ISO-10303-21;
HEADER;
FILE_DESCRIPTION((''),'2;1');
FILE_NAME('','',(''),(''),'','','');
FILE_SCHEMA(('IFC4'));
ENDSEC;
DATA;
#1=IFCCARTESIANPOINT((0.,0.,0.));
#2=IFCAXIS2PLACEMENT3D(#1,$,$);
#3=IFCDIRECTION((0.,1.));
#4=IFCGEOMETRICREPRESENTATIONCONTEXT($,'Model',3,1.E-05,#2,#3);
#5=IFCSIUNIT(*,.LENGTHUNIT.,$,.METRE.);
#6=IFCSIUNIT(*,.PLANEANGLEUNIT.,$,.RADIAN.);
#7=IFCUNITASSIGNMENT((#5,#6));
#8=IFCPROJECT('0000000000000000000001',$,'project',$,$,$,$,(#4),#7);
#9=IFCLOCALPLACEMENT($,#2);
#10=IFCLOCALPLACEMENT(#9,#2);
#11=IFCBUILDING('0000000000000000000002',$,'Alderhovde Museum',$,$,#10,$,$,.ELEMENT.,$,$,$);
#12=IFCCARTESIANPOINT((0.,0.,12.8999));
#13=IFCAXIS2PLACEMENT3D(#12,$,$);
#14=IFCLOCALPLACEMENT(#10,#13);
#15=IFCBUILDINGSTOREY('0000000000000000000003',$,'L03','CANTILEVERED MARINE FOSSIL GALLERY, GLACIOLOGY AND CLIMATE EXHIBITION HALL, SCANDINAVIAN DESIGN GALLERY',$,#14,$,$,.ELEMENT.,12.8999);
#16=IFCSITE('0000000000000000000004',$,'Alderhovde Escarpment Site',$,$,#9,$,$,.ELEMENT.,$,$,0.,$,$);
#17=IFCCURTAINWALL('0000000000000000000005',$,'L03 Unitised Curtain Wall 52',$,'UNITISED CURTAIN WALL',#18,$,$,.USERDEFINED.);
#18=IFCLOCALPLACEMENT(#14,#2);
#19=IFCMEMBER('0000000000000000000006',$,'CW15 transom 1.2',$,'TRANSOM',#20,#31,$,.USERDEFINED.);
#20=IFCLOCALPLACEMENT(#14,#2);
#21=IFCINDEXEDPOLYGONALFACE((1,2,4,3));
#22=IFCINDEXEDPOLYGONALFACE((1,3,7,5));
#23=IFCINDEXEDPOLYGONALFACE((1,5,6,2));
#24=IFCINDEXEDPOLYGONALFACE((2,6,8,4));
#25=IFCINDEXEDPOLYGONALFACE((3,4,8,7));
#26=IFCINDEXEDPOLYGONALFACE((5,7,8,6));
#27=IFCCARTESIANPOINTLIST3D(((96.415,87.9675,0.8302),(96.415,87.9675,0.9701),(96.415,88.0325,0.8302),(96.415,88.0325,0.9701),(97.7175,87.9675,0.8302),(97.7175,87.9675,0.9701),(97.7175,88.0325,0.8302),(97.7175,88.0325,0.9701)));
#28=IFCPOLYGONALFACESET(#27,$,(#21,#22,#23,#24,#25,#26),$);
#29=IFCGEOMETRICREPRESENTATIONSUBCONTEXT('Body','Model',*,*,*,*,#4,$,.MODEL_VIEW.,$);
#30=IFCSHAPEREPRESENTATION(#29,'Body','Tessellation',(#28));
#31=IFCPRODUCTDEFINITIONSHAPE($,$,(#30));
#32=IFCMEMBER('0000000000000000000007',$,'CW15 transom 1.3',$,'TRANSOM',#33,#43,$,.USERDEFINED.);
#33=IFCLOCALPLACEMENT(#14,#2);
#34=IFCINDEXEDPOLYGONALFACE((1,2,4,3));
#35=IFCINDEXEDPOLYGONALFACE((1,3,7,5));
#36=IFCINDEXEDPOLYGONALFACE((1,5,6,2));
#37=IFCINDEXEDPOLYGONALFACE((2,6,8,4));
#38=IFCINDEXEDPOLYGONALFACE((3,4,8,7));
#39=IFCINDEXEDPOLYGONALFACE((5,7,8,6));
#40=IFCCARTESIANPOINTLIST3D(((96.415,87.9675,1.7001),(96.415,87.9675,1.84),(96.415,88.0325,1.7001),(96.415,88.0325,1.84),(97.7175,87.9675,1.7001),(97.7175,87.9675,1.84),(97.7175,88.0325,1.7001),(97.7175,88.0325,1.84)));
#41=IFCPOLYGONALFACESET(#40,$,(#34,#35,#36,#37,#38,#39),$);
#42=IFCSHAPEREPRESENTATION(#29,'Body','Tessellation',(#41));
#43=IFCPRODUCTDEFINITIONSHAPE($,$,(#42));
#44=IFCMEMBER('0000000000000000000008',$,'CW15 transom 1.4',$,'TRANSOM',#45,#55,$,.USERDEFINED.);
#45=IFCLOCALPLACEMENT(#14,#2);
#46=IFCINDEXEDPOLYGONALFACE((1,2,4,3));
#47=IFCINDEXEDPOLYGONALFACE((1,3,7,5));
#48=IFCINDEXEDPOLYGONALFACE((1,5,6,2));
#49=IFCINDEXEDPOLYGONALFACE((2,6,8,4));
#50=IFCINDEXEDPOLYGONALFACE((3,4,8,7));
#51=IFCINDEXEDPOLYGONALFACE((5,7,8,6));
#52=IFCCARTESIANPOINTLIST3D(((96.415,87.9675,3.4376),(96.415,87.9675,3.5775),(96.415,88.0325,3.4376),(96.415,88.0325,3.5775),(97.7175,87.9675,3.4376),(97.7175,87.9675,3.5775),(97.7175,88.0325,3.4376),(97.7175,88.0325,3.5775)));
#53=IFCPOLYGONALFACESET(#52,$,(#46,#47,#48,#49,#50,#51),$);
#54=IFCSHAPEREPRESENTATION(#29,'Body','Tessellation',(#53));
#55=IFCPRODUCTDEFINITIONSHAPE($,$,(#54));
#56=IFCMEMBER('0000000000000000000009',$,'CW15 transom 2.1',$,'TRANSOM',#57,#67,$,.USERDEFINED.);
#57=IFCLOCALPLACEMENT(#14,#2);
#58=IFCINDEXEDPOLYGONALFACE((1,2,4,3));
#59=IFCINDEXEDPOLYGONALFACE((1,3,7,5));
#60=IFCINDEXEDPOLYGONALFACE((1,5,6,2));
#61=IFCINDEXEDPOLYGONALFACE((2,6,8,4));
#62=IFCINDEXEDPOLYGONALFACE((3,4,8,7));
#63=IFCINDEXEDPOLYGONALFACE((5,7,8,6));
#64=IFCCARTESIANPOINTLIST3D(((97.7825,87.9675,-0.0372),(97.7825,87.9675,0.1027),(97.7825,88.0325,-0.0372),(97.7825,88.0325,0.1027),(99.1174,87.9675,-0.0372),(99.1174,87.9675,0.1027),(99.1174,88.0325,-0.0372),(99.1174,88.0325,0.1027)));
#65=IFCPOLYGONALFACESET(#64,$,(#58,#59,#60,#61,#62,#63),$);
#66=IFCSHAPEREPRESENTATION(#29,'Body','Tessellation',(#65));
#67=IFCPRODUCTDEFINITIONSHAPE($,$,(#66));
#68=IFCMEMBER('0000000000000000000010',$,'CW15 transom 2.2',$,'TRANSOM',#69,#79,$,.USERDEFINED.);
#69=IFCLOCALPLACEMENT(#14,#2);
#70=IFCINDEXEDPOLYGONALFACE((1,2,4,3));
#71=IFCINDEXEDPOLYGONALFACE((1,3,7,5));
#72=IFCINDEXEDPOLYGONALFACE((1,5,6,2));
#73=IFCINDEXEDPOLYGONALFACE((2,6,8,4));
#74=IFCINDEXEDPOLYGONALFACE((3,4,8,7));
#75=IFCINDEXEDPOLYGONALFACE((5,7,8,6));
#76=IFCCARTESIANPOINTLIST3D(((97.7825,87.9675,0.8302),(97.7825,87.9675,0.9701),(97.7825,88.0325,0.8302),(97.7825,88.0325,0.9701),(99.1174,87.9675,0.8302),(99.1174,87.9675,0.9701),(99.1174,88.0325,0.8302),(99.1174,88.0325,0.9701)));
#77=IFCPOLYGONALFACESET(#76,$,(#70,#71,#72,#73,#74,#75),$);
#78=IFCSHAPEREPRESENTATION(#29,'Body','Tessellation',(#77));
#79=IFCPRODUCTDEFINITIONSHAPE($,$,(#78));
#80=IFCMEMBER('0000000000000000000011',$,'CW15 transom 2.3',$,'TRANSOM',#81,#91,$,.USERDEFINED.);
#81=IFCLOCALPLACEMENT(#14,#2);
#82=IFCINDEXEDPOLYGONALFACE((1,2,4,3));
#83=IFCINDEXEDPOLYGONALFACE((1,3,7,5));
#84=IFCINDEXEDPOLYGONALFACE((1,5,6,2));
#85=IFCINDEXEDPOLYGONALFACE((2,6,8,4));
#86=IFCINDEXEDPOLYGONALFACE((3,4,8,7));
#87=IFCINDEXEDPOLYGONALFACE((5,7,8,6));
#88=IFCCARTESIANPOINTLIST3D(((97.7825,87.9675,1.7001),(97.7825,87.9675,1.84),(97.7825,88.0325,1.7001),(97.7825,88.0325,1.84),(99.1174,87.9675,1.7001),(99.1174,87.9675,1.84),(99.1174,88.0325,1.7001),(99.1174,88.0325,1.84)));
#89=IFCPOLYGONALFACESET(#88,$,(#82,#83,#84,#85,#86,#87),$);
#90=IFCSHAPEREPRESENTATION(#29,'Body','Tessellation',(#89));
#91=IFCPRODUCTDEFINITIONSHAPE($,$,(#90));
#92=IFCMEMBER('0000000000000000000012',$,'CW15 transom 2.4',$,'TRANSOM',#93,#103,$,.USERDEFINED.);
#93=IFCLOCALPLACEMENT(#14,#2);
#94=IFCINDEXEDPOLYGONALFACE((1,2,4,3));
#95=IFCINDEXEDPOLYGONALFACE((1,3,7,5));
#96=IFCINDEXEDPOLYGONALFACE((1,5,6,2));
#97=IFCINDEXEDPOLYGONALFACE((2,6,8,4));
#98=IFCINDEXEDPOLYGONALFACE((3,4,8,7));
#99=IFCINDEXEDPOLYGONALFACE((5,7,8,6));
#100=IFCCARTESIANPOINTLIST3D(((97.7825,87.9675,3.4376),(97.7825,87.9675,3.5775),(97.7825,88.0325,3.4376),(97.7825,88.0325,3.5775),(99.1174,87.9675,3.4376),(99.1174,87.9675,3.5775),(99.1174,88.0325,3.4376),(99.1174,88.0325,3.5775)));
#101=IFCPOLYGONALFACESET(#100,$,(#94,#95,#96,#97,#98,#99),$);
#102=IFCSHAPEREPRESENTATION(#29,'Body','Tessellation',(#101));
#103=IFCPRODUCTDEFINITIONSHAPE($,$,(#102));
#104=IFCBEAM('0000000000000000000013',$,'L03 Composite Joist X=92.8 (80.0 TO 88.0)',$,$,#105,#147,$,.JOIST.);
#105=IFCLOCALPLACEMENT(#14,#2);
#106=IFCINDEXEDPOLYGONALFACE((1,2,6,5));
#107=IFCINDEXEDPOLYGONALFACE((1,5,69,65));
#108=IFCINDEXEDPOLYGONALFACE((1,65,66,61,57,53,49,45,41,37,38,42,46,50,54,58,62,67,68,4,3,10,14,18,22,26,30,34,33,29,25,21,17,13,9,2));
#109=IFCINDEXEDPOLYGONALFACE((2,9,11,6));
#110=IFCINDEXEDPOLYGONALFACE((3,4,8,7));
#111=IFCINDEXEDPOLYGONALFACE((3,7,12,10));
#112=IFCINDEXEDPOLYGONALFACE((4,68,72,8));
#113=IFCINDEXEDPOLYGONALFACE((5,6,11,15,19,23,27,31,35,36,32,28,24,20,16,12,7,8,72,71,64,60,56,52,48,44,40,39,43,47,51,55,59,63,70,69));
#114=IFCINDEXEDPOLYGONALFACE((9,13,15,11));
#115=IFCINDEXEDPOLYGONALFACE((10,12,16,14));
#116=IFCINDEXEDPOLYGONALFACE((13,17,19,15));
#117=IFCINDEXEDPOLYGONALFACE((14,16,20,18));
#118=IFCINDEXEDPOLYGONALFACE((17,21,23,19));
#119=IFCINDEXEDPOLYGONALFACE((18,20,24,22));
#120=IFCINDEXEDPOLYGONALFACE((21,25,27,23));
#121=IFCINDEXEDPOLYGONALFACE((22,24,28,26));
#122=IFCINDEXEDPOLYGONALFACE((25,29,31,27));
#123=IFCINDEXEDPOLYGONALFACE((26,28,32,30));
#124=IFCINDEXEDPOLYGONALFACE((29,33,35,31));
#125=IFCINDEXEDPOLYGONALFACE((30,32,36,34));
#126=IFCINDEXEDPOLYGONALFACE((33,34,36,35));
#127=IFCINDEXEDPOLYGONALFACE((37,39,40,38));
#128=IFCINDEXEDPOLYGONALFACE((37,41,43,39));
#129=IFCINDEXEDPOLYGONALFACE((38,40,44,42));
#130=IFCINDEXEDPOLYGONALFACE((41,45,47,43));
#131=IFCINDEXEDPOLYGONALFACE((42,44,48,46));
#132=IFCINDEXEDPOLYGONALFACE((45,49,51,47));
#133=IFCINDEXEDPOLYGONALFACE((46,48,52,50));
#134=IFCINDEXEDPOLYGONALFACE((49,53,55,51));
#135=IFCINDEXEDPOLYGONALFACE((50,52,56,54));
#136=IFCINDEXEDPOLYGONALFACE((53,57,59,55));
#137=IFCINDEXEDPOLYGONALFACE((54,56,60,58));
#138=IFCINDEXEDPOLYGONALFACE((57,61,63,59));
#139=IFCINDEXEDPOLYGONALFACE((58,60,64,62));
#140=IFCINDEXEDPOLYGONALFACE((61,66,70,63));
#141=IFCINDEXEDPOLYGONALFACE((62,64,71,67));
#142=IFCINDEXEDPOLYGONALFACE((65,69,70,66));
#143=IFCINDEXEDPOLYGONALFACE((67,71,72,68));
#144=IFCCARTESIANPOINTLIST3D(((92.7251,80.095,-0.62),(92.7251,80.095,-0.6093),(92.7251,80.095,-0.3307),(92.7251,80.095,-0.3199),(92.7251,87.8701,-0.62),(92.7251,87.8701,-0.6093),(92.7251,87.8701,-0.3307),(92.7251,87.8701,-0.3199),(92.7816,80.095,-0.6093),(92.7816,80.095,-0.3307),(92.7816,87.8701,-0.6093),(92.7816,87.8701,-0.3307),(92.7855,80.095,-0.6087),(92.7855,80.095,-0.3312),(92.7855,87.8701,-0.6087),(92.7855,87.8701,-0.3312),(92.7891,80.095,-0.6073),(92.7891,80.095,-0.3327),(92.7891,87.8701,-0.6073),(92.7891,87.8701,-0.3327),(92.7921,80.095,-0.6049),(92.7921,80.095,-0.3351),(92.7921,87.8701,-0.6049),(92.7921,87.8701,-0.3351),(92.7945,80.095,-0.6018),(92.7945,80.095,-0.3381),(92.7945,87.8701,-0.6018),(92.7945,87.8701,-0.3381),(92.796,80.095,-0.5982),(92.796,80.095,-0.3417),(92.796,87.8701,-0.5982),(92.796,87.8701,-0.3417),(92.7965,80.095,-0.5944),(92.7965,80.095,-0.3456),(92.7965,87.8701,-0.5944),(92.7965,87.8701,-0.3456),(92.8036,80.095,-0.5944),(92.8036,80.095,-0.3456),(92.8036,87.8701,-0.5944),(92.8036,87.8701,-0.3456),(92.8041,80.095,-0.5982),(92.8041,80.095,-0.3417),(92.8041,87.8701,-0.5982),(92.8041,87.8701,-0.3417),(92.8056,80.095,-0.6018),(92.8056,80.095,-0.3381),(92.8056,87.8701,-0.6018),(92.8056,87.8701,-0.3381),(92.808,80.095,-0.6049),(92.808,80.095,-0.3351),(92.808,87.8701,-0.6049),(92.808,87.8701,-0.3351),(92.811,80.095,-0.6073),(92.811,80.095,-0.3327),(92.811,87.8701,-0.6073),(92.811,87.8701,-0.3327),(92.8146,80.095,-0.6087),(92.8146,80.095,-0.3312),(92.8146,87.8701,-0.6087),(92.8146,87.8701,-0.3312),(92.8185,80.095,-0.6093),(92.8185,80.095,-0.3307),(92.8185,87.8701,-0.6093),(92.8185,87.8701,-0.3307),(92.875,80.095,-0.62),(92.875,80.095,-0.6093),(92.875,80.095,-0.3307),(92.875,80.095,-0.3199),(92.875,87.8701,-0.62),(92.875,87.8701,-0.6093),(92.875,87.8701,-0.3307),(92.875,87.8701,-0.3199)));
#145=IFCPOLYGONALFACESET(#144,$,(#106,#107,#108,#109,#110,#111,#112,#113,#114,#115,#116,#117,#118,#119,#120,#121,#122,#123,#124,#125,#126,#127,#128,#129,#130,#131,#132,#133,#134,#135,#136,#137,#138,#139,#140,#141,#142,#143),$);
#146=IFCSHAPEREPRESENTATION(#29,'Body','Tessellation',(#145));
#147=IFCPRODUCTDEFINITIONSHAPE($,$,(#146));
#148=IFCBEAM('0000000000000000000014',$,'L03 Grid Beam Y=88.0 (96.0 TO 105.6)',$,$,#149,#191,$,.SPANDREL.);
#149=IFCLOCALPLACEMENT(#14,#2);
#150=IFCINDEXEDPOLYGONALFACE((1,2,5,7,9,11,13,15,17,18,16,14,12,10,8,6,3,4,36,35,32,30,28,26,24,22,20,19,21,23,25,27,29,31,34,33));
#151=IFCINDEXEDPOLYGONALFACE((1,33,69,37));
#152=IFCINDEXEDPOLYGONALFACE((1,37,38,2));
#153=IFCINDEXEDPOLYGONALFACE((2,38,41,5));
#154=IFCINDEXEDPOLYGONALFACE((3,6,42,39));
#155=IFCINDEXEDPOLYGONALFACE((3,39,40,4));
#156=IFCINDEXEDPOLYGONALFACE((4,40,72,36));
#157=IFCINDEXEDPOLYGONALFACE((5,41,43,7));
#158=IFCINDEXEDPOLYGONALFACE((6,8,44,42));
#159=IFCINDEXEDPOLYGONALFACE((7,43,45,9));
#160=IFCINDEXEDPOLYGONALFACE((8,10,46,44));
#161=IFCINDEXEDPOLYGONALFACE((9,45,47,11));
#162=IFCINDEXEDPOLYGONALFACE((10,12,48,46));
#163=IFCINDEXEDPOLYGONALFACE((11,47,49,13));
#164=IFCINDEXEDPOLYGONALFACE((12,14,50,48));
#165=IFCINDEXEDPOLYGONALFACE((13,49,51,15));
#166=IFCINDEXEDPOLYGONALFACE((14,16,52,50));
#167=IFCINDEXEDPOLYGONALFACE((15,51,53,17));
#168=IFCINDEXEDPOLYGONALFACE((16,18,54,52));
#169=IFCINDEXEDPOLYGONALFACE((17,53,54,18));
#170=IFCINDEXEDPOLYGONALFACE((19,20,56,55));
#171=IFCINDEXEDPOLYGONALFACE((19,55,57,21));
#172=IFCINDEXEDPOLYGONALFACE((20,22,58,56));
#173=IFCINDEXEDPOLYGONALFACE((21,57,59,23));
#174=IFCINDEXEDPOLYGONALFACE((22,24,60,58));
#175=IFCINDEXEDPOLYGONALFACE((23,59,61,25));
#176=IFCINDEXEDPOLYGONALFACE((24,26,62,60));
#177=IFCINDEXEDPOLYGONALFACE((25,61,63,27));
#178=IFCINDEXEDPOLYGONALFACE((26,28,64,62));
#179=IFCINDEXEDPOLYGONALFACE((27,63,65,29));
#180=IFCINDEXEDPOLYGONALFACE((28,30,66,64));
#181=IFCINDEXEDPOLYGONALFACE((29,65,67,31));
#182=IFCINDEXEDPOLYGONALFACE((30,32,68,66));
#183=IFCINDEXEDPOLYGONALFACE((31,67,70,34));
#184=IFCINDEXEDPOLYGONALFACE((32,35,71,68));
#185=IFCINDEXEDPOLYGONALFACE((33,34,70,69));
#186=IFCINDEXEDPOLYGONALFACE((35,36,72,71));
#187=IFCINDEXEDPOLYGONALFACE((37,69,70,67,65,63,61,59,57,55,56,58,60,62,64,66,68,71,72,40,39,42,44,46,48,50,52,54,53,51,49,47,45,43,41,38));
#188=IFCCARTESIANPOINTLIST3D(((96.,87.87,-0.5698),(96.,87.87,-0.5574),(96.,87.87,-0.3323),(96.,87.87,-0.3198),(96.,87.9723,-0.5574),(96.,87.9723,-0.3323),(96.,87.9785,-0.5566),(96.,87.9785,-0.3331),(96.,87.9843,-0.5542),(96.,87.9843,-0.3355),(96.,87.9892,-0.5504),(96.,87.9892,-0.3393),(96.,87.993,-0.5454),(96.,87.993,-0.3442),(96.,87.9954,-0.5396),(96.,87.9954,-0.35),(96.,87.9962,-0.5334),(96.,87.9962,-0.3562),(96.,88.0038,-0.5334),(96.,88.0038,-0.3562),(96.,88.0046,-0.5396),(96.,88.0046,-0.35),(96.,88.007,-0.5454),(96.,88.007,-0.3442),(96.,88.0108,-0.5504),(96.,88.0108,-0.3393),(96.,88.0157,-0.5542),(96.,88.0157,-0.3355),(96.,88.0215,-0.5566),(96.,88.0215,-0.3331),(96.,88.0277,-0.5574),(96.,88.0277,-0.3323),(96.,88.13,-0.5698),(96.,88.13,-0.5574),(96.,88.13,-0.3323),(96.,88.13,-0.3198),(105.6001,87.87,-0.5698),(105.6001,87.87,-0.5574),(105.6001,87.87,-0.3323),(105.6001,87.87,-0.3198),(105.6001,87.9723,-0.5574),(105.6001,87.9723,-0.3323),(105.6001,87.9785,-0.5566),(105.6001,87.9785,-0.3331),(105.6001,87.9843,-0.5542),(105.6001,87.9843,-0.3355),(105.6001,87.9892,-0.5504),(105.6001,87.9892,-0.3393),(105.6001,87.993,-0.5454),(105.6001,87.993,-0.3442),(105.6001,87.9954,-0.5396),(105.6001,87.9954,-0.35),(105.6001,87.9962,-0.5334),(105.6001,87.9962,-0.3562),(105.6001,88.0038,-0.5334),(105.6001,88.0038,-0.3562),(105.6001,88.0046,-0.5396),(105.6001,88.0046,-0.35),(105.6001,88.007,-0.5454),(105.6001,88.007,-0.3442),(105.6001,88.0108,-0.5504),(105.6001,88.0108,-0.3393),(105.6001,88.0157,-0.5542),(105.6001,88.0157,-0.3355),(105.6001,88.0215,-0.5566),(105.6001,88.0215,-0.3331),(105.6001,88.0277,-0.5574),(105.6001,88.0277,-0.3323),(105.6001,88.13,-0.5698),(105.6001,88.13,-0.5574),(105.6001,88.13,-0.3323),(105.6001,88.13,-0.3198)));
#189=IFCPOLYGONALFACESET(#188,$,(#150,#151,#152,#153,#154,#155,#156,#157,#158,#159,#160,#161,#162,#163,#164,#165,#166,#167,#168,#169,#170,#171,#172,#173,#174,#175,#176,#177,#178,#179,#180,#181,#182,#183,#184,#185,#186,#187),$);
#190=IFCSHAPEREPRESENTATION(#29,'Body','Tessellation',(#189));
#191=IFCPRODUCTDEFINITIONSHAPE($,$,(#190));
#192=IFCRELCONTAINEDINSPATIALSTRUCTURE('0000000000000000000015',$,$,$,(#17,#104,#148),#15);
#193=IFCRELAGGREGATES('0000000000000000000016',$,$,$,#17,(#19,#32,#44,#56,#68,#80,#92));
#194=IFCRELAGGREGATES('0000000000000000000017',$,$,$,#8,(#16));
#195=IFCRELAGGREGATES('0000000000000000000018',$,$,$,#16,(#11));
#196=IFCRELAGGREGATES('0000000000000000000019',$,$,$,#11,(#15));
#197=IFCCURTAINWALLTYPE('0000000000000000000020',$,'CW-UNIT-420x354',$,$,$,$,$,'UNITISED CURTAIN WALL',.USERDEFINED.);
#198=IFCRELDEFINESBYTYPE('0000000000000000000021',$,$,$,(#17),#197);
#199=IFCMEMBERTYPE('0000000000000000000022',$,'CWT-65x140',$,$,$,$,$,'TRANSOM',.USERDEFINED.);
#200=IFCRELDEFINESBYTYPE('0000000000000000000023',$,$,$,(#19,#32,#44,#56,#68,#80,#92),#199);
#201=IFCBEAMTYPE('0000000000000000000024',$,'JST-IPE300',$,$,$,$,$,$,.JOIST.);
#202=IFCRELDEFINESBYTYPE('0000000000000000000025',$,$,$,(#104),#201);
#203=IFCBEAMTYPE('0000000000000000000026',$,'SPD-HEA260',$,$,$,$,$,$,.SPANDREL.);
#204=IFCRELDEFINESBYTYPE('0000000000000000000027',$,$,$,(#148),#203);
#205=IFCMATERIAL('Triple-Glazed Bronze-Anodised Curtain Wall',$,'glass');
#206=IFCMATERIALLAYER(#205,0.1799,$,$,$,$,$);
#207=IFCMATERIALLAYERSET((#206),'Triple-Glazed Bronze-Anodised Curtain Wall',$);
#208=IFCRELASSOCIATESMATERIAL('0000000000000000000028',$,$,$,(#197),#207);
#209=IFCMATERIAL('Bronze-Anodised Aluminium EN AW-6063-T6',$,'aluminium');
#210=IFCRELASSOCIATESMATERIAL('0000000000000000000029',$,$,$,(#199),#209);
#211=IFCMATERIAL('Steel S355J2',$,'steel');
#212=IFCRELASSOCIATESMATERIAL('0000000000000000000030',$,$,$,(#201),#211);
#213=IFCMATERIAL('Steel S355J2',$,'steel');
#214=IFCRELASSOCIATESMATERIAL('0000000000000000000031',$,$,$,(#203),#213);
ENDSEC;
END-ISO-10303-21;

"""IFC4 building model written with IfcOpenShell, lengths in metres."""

from ifc_helpers import new_model, si_unit, direction, frame, origin, origin_2d, place, context, subcontext, project, spatial, rectangle, i_section, extrude, material, layer, layer_set, material_profile, profile_set, type_object, element, aggregate, save


model = new_model("IFC4")

# Units and contexts
model_context = context("Model", 3, precision=1e-05, world=origin(), true_north=direction((0.0, 1.0)))
body_context = subcontext(model_context, "Body", "Model", "MODEL_VIEW")
ifc_project = project(units=[si_unit("LENGTHUNIT", "METRE"), si_unit("PLANEANGLEUNIT", "RADIAN")], contexts=[model_context])

# Site, building, storey
site_placement = place(None, origin())
site = spatial("IfcSite", under=ifc_project, at=site_placement, Name="Alderhovde Escarpment Site", CompositionType="ELEMENT", RefElevation=0.0)
building_placement = place(site_placement, origin())
building = spatial("IfcBuilding", under=site, at=building_placement, Name="Alderhovde Museum", CompositionType="ELEMENT")
storey_placement = place(building_placement, frame((0.0, 0.0, 12.8999)))
storey = spatial("IfcBuildingStorey", under=building, at=storey_placement, Name="L03", Description="CANTILEVERED MARINE FOSSIL GALLERY, GLACIOLOGY AND CLIMATE EXHIBITION HALL, SCANDINAVIAN DESIGN GALLERY", CompositionType="ELEMENT", Elevation=12.8999)

# Curtain wall
ifc_material_1 = material(Name="Triple-Glazed Bronze-Anodised Curtain Wall", Category="glass")
ifc_layer_1 = layer(ifc_material_1, 0.1799)
ifc_layer_set_1 = layer_set([ifc_layer_1], Name="Triple-Glazed Bronze-Anodised Curtain Wall")
curtain_wall_type_1 = type_object("IfcCurtainWallType", Name="CW-UNIT-420x354", ElementType="UNITISED CURTAIN WALL", PredefinedType="USERDEFINED", material=ifc_layer_set_1)
curtain_wall_1_placement = place(storey_placement, origin())
curtain_wall_1 = element("IfcCurtainWall", 1, at=curtain_wall_1_placement, inside=storey, type_object=curtain_wall_type_1, Name="L03 Unitised Curtain Wall 52", ObjectType="UNITISED CURTAIN WALL", PredefinedType="USERDEFINED")

# Members
ifc_material_2 = material(Name="Bronze-Anodised Aluminium EN AW-6063-T6", Category="aluminium")
ifc_material_profile_1 = material_profile(ifc_material_2, rectangle(XDim=0.0649, YDim=0.1399, at=origin_2d()), Name="TRANSOM 65x140")
ifc_profile_set_1 = profile_set([ifc_material_profile_1], Name="Bronze-Anodised Aluminium EN AW-6063-T6")
member_type_1 = type_object("IfcMemberType", Name="CWT-65x140", ElementType="TRANSOM", PredefinedType="USERDEFINED", material=ifc_profile_set_1)
member_1_placement = place(storey_placement, frame((96.415, 88.0, 0.9001), z_axis=(1.0, 0.0, 0.0), x_axis=(0.0, 1.0, 0.0)))
member_1 = element("IfcMember", 2, at=member_1_placement, type_object=member_type_1, Name="CW15 transom 1.2", ObjectType="TRANSOM", PredefinedType="USERDEFINED", context=body_context, shape_type="SweptSolid", body=[
    extrude(rectangle(XDim=0.0649, YDim=0.1399, at=origin_2d()), origin(), (0.0, 0.0, 1.0), 1.3025),
])
member_2_placement = place(storey_placement, frame((96.415, 88.0, 1.77), z_axis=(1.0, 0.0, 0.0), x_axis=(0.0, 1.0, 0.0)))
member_2 = element("IfcMember", 3, at=member_2_placement, type_object=member_type_1, Name="CW15 transom 1.3", ObjectType="TRANSOM", PredefinedType="USERDEFINED", context=body_context, shape_type="SweptSolid", body=[
    extrude(rectangle(XDim=0.0649, YDim=0.1399, at=origin_2d()), origin(), (0.0, 0.0, 1.0), 1.3025),
])
member_3_placement = place(storey_placement, frame((96.415, 88.0, 3.5076), z_axis=(1.0, 0.0, 0.0), x_axis=(0.0, 1.0, 0.0)))
member_3 = element("IfcMember", 4, at=member_3_placement, type_object=member_type_1, Name="CW15 transom 1.4", ObjectType="TRANSOM", PredefinedType="USERDEFINED", context=body_context, shape_type="SweptSolid", body=[
    extrude(rectangle(XDim=0.0649, YDim=0.1399, at=origin_2d()), origin(), (0.0, 0.0, 1.0), 1.3025),
])
member_4_placement = place(storey_placement, frame((97.7825, 88.0, 0.0327), z_axis=(1.0, 0.0, 0.0), x_axis=(0.0, 1.0, 0.0)))
member_4 = element("IfcMember", 5, at=member_4_placement, type_object=member_type_1, Name="CW15 transom 2.1", ObjectType="TRANSOM", PredefinedType="USERDEFINED", context=body_context, shape_type="SweptSolid", body=[
    extrude(rectangle(XDim=0.0649, YDim=0.1399, at=origin_2d()), origin(), (0.0, 0.0, 1.0), 1.335),
])
member_5_placement = place(storey_placement, frame((97.7825, 88.0, 0.9001), z_axis=(1.0, 0.0, 0.0), x_axis=(0.0, 1.0, 0.0)))
member_5 = element("IfcMember", 6, at=member_5_placement, type_object=member_type_1, Name="CW15 transom 2.2", ObjectType="TRANSOM", PredefinedType="USERDEFINED", context=body_context, shape_type="SweptSolid", body=[
    extrude(rectangle(XDim=0.0649, YDim=0.1399, at=origin_2d()), origin(), (0.0, 0.0, 1.0), 1.335),
])
member_6_placement = place(storey_placement, frame((97.7825, 88.0, 1.77), z_axis=(1.0, 0.0, 0.0), x_axis=(0.0, 1.0, 0.0)))
member_6 = element("IfcMember", 7, at=member_6_placement, type_object=member_type_1, Name="CW15 transom 2.3", ObjectType="TRANSOM", PredefinedType="USERDEFINED", context=body_context, shape_type="SweptSolid", body=[
    extrude(rectangle(XDim=0.0649, YDim=0.1399, at=origin_2d()), origin(), (0.0, 0.0, 1.0), 1.335),
])
member_7_placement = place(storey_placement, frame((97.7825, 88.0, 3.5076), z_axis=(1.0, 0.0, 0.0), x_axis=(0.0, 1.0, 0.0)))
member_7 = element("IfcMember", 8, at=member_7_placement, type_object=member_type_1, Name="CW15 transom 2.4", ObjectType="TRANSOM", PredefinedType="USERDEFINED", context=body_context, shape_type="SweptSolid", body=[
    extrude(rectangle(XDim=0.0649, YDim=0.1399, at=origin_2d()), origin(), (0.0, 0.0, 1.0), 1.335),
])

# Beams
ifc_material_3 = material(Name="Steel S355J2", Category="steel")
ifc_material_profile_2 = material_profile(ifc_material_3, i_section(OverallWidth=0.1499, OverallDepth=0.3, WebThickness=0.0071, FlangeThickness=0.0107, FilletRadius=0.0149, at=origin_2d()), Name="IPE 300")
ifc_profile_set_2 = profile_set([ifc_material_profile_2], Name="Steel S355J2")
beam_type_1 = type_object("IfcBeamType", Name="JST-IPE300", PredefinedType="JOIST", material=ifc_profile_set_2)
beam_1_placement = place(storey_placement, frame((92.8, 80.095, -0.47), z_axis=(0.0, 1.0, 0.0), x_axis=(-1.0, 0.0, 0.0)))
element("IfcBeam", 9, at=beam_1_placement, inside=storey, type_object=beam_type_1, Name="L03 Composite Joist X=92.8 (80.0 TO 88.0)", PredefinedType="JOIST", context=body_context, shape_type="SweptSolid", body=[
    extrude(i_section(OverallWidth=0.1499, OverallDepth=0.3, WebThickness=0.0071, FlangeThickness=0.0107, FilletRadius=0.0149, at=origin_2d()), origin(), (0.0, 0.0, 1.0), 7.7751),
])
ifc_material_4 = material(Name="Steel S355J2", Category="steel")
ifc_material_profile_3 = material_profile(ifc_material_4, i_section(OverallWidth=0.26, OverallDepth=0.25, WebThickness=0.0076, FlangeThickness=0.0125, FilletRadius=0.0239, at=origin_2d()), Name="HEA 260")
ifc_profile_set_3 = profile_set([ifc_material_profile_3], Name="Steel S355J2")
beam_type_2 = type_object("IfcBeamType", Name="SPD-HEA260", PredefinedType="SPANDREL", material=ifc_profile_set_3)
beam_2_placement = place(storey_placement, frame((96.0, 88.0, -0.4448), z_axis=(1.0, 0.0, 0.0), x_axis=(0.0, 1.0, 0.0)))
element("IfcBeam", 10, at=beam_2_placement, inside=storey, type_object=beam_type_2, Name="L03 Grid Beam Y=88.0 (96.0 TO 105.6)", PredefinedType="SPANDREL", context=body_context, shape_type="SweptSolid", body=[
    extrude(i_section(OverallWidth=0.26, OverallDepth=0.25, WebThickness=0.0076, FlangeThickness=0.0125, FilletRadius=0.0239, at=origin_2d()), origin(), (0.0, 0.0, 1.0), 9.6001),
])

aggregate(curtain_wall_1, [member_1, member_2, member_3, member_4, member_5, member_6, member_7])

save(model, "model.ifc")
